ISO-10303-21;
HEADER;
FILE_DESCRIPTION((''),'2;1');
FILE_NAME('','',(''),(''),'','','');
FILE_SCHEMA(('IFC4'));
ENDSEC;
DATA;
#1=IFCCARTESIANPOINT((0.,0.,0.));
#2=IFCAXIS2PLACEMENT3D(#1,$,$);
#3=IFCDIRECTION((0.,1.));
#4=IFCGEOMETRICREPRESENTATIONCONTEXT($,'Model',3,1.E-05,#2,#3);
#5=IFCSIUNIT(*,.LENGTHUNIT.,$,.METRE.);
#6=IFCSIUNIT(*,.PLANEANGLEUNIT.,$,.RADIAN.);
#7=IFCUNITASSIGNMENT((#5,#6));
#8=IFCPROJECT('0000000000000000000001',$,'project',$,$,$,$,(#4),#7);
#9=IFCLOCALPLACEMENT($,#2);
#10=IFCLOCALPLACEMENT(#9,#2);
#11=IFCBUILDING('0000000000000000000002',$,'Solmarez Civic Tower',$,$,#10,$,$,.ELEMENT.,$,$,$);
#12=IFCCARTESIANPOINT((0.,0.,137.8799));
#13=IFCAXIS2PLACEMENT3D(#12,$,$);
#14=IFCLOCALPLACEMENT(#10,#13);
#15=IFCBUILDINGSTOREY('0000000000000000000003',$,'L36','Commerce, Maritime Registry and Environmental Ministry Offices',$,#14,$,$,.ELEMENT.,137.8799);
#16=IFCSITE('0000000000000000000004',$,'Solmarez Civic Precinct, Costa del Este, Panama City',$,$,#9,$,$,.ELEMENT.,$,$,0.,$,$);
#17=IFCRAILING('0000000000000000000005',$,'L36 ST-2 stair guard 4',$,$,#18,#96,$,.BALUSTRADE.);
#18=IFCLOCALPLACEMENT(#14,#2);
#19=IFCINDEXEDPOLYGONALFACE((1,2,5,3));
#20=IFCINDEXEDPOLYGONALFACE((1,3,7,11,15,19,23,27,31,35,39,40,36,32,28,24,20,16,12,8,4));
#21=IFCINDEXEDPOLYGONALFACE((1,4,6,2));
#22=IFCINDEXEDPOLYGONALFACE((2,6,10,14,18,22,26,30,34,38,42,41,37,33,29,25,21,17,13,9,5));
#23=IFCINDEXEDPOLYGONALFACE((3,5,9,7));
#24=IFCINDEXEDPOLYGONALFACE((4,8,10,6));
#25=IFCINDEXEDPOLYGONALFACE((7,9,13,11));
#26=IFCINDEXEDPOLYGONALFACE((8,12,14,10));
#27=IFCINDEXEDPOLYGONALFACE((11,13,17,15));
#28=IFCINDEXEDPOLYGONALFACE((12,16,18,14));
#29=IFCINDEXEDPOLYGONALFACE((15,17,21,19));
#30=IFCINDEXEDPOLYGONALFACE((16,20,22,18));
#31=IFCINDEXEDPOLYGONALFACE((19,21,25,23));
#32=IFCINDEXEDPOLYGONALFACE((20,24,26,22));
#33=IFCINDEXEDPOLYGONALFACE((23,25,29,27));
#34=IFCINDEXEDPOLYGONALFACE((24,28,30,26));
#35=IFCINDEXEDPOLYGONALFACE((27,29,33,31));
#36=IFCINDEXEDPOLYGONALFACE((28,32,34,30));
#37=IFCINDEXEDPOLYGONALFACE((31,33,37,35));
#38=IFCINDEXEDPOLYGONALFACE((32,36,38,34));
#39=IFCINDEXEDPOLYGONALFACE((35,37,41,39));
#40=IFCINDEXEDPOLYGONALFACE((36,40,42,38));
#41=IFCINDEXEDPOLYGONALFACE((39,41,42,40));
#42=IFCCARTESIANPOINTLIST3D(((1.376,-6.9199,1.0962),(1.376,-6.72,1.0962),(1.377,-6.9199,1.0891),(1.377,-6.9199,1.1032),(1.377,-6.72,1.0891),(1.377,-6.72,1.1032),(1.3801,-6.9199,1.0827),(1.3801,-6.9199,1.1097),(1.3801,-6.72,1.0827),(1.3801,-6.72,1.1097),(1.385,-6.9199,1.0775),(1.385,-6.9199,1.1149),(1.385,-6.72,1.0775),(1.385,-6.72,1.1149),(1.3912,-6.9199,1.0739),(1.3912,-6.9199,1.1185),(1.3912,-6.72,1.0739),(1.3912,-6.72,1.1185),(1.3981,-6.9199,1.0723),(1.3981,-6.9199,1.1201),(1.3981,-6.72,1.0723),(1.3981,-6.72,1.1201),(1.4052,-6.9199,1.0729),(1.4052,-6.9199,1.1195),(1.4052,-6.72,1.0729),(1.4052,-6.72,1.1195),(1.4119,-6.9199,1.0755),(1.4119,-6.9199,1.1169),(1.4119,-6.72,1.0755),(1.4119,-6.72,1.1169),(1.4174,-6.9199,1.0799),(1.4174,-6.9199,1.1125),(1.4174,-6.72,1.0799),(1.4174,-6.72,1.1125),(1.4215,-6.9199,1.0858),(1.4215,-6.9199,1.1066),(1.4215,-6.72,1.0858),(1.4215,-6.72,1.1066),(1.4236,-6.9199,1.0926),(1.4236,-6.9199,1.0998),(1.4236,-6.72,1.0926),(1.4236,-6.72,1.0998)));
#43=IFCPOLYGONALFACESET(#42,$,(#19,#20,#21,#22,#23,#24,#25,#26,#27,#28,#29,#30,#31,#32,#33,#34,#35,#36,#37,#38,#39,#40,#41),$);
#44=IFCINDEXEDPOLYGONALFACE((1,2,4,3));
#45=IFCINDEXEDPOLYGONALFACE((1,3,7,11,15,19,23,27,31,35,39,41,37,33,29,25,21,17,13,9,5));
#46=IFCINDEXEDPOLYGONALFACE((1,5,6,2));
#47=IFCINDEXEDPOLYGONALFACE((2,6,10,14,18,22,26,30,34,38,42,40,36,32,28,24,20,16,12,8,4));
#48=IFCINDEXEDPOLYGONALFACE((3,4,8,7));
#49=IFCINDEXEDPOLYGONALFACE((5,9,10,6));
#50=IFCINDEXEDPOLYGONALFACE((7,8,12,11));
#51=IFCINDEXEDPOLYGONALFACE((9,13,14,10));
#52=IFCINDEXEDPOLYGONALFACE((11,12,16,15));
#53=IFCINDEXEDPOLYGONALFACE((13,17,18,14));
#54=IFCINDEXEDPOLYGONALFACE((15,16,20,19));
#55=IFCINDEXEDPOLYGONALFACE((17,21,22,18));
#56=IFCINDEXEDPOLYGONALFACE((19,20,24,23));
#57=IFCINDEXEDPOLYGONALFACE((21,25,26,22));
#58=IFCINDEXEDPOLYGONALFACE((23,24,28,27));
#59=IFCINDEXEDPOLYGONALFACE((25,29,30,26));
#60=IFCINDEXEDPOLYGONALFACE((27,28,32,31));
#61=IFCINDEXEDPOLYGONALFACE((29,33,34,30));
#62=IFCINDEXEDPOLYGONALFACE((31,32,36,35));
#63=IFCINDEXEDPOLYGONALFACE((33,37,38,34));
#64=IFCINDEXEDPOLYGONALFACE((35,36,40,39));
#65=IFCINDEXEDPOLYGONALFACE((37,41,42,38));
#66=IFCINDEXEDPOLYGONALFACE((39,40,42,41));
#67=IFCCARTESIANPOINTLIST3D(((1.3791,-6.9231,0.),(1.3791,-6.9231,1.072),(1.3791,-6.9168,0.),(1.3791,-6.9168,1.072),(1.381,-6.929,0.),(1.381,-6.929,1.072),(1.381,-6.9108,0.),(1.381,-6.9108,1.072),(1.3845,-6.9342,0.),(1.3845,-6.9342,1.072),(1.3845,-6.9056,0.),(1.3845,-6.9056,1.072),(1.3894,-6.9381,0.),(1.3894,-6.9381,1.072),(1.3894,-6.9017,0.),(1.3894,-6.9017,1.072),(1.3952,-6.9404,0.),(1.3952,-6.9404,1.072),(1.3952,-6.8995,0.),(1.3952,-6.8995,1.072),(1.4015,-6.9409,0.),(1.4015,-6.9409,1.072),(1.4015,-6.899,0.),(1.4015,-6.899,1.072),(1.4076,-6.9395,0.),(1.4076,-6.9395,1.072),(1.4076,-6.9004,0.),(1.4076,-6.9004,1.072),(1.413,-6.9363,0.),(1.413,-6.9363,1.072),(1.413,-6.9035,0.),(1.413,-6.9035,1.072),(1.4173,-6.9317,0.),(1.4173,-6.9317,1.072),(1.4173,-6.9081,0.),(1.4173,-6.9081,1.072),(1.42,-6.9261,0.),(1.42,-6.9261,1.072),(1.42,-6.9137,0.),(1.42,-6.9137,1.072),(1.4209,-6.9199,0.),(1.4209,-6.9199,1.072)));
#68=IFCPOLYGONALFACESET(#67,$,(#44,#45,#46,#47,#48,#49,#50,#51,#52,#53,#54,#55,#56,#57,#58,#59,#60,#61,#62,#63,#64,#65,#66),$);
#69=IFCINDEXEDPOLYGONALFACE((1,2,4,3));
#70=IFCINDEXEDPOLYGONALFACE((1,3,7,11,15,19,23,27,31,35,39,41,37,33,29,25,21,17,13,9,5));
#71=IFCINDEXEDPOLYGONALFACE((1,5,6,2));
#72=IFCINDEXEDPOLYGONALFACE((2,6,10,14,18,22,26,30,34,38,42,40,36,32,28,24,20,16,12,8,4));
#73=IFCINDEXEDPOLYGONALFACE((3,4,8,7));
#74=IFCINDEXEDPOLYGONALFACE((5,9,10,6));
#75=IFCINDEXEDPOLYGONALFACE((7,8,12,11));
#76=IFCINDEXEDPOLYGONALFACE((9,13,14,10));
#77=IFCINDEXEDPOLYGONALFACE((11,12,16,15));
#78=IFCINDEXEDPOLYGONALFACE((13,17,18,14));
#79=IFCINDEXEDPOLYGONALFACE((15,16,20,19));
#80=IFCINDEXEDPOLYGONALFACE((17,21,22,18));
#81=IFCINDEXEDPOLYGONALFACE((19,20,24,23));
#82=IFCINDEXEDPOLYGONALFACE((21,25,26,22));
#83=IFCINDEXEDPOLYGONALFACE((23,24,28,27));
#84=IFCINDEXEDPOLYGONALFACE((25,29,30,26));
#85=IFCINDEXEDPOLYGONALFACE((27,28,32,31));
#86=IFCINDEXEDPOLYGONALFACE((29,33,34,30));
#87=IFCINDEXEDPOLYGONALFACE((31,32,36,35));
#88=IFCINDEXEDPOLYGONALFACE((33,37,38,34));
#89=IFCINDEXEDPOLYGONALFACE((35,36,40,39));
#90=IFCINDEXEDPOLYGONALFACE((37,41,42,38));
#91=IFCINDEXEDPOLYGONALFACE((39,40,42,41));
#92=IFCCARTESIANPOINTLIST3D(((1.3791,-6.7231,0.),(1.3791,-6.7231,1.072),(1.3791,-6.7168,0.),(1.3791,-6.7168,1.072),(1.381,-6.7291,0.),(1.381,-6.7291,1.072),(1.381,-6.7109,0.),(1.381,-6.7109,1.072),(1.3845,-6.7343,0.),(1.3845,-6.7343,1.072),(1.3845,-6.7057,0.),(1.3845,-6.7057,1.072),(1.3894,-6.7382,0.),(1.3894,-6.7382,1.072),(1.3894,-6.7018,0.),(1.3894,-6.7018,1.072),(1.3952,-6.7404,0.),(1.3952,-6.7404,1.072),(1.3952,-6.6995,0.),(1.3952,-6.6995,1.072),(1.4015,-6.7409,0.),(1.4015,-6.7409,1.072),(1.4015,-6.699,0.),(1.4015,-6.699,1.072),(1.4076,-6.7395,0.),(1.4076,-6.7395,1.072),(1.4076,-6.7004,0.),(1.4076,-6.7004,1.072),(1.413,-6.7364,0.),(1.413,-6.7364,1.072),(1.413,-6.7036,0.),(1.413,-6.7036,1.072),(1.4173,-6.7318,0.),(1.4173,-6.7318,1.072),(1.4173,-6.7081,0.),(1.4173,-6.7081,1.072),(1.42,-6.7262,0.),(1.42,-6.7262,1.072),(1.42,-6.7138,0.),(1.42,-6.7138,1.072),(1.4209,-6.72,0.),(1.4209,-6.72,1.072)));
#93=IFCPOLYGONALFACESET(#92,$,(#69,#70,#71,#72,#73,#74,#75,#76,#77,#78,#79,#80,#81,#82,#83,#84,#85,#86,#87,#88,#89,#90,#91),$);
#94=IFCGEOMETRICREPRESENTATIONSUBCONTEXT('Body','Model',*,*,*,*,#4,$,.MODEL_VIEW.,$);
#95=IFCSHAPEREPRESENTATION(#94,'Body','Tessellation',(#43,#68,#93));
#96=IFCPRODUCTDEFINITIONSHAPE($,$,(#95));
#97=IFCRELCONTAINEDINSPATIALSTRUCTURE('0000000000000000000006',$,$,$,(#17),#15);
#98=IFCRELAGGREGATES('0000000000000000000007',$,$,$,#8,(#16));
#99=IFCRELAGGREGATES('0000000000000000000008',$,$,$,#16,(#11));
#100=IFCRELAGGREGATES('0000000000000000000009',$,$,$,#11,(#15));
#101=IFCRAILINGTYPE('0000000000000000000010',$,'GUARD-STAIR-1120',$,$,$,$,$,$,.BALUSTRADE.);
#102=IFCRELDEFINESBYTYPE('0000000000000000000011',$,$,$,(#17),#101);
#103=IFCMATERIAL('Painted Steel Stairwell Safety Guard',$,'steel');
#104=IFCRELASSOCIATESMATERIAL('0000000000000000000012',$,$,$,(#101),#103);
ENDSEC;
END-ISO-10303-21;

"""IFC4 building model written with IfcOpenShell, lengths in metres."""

from ifc_helpers import new_model, si_unit, direction, frame, origin, origin_2d, place, context, subcontext, project, spatial, circle, extrude, material, type_object, element, save


model = new_model("IFC4")

# Units and contexts
model_context = context("Model", 3, precision=1e-05, world=origin(), true_north=direction((0.0, 1.0)))
body_context = subcontext(model_context, "Body", "Model", "MODEL_VIEW")
ifc_project = project(units=[si_unit("LENGTHUNIT", "METRE"), si_unit("PLANEANGLEUNIT", "RADIAN")], contexts=[model_context])

# Site, building, storey
site_placement = place(None, origin())
site = spatial("IfcSite", under=ifc_project, at=site_placement, Name="Solmarez Civic Precinct, Costa del Este, Panama City", CompositionType="ELEMENT", RefElevation=0.0)
building_placement = place(site_placement, origin())
building = spatial("IfcBuilding", under=site, at=building_placement, Name="Solmarez Civic Tower", CompositionType="ELEMENT")
storey_placement = place(building_placement, frame((0.0, 0.0, 137.8799)))
storey = spatial("IfcBuildingStorey", under=building, at=storey_placement, Name="L36", Description="Commerce, Maritime Registry and Environmental Ministry Offices", CompositionType="ELEMENT", Elevation=137.8799)

# Railing
ifc_material_1 = material(Name="Painted Steel Stairwell Safety Guard", Category="steel")
railing_type_1 = type_object("IfcRailingType", Name="GUARD-STAIR-1120", PredefinedType="BALUSTRADE", material=ifc_material_1)
railing_1_placement = place(storey_placement, frame((1.3999, -6.9199, 0.0)))
element("IfcRailing", 1, at=railing_1_placement, inside=storey, type_object=railing_type_1, Name="L36 ST-2 stair guard 4", PredefinedType="BALUSTRADE", context=body_context, shape_type="SweptSolid", body=[
    extrude(circle(Radius=0.0239, at=origin_2d()), frame((0.0, 0.0, 1.0962), z_axis=(0.0, 1.0, 0.0), x_axis=(-1.0, 0.0, 0.0)), (0.0, 0.0, 1.0), 0.2),
    extrude(circle(Radius=0.021, at=origin_2d()), origin(), (0.0, 0.0, 1.0), 1.072),
    extrude(circle(Radius=0.021, at=origin_2d()), frame((0.0, 0.2, 0.0)), (0.0, 0.0, 1.0), 1.072),
])

save(model, "model.ifc")
